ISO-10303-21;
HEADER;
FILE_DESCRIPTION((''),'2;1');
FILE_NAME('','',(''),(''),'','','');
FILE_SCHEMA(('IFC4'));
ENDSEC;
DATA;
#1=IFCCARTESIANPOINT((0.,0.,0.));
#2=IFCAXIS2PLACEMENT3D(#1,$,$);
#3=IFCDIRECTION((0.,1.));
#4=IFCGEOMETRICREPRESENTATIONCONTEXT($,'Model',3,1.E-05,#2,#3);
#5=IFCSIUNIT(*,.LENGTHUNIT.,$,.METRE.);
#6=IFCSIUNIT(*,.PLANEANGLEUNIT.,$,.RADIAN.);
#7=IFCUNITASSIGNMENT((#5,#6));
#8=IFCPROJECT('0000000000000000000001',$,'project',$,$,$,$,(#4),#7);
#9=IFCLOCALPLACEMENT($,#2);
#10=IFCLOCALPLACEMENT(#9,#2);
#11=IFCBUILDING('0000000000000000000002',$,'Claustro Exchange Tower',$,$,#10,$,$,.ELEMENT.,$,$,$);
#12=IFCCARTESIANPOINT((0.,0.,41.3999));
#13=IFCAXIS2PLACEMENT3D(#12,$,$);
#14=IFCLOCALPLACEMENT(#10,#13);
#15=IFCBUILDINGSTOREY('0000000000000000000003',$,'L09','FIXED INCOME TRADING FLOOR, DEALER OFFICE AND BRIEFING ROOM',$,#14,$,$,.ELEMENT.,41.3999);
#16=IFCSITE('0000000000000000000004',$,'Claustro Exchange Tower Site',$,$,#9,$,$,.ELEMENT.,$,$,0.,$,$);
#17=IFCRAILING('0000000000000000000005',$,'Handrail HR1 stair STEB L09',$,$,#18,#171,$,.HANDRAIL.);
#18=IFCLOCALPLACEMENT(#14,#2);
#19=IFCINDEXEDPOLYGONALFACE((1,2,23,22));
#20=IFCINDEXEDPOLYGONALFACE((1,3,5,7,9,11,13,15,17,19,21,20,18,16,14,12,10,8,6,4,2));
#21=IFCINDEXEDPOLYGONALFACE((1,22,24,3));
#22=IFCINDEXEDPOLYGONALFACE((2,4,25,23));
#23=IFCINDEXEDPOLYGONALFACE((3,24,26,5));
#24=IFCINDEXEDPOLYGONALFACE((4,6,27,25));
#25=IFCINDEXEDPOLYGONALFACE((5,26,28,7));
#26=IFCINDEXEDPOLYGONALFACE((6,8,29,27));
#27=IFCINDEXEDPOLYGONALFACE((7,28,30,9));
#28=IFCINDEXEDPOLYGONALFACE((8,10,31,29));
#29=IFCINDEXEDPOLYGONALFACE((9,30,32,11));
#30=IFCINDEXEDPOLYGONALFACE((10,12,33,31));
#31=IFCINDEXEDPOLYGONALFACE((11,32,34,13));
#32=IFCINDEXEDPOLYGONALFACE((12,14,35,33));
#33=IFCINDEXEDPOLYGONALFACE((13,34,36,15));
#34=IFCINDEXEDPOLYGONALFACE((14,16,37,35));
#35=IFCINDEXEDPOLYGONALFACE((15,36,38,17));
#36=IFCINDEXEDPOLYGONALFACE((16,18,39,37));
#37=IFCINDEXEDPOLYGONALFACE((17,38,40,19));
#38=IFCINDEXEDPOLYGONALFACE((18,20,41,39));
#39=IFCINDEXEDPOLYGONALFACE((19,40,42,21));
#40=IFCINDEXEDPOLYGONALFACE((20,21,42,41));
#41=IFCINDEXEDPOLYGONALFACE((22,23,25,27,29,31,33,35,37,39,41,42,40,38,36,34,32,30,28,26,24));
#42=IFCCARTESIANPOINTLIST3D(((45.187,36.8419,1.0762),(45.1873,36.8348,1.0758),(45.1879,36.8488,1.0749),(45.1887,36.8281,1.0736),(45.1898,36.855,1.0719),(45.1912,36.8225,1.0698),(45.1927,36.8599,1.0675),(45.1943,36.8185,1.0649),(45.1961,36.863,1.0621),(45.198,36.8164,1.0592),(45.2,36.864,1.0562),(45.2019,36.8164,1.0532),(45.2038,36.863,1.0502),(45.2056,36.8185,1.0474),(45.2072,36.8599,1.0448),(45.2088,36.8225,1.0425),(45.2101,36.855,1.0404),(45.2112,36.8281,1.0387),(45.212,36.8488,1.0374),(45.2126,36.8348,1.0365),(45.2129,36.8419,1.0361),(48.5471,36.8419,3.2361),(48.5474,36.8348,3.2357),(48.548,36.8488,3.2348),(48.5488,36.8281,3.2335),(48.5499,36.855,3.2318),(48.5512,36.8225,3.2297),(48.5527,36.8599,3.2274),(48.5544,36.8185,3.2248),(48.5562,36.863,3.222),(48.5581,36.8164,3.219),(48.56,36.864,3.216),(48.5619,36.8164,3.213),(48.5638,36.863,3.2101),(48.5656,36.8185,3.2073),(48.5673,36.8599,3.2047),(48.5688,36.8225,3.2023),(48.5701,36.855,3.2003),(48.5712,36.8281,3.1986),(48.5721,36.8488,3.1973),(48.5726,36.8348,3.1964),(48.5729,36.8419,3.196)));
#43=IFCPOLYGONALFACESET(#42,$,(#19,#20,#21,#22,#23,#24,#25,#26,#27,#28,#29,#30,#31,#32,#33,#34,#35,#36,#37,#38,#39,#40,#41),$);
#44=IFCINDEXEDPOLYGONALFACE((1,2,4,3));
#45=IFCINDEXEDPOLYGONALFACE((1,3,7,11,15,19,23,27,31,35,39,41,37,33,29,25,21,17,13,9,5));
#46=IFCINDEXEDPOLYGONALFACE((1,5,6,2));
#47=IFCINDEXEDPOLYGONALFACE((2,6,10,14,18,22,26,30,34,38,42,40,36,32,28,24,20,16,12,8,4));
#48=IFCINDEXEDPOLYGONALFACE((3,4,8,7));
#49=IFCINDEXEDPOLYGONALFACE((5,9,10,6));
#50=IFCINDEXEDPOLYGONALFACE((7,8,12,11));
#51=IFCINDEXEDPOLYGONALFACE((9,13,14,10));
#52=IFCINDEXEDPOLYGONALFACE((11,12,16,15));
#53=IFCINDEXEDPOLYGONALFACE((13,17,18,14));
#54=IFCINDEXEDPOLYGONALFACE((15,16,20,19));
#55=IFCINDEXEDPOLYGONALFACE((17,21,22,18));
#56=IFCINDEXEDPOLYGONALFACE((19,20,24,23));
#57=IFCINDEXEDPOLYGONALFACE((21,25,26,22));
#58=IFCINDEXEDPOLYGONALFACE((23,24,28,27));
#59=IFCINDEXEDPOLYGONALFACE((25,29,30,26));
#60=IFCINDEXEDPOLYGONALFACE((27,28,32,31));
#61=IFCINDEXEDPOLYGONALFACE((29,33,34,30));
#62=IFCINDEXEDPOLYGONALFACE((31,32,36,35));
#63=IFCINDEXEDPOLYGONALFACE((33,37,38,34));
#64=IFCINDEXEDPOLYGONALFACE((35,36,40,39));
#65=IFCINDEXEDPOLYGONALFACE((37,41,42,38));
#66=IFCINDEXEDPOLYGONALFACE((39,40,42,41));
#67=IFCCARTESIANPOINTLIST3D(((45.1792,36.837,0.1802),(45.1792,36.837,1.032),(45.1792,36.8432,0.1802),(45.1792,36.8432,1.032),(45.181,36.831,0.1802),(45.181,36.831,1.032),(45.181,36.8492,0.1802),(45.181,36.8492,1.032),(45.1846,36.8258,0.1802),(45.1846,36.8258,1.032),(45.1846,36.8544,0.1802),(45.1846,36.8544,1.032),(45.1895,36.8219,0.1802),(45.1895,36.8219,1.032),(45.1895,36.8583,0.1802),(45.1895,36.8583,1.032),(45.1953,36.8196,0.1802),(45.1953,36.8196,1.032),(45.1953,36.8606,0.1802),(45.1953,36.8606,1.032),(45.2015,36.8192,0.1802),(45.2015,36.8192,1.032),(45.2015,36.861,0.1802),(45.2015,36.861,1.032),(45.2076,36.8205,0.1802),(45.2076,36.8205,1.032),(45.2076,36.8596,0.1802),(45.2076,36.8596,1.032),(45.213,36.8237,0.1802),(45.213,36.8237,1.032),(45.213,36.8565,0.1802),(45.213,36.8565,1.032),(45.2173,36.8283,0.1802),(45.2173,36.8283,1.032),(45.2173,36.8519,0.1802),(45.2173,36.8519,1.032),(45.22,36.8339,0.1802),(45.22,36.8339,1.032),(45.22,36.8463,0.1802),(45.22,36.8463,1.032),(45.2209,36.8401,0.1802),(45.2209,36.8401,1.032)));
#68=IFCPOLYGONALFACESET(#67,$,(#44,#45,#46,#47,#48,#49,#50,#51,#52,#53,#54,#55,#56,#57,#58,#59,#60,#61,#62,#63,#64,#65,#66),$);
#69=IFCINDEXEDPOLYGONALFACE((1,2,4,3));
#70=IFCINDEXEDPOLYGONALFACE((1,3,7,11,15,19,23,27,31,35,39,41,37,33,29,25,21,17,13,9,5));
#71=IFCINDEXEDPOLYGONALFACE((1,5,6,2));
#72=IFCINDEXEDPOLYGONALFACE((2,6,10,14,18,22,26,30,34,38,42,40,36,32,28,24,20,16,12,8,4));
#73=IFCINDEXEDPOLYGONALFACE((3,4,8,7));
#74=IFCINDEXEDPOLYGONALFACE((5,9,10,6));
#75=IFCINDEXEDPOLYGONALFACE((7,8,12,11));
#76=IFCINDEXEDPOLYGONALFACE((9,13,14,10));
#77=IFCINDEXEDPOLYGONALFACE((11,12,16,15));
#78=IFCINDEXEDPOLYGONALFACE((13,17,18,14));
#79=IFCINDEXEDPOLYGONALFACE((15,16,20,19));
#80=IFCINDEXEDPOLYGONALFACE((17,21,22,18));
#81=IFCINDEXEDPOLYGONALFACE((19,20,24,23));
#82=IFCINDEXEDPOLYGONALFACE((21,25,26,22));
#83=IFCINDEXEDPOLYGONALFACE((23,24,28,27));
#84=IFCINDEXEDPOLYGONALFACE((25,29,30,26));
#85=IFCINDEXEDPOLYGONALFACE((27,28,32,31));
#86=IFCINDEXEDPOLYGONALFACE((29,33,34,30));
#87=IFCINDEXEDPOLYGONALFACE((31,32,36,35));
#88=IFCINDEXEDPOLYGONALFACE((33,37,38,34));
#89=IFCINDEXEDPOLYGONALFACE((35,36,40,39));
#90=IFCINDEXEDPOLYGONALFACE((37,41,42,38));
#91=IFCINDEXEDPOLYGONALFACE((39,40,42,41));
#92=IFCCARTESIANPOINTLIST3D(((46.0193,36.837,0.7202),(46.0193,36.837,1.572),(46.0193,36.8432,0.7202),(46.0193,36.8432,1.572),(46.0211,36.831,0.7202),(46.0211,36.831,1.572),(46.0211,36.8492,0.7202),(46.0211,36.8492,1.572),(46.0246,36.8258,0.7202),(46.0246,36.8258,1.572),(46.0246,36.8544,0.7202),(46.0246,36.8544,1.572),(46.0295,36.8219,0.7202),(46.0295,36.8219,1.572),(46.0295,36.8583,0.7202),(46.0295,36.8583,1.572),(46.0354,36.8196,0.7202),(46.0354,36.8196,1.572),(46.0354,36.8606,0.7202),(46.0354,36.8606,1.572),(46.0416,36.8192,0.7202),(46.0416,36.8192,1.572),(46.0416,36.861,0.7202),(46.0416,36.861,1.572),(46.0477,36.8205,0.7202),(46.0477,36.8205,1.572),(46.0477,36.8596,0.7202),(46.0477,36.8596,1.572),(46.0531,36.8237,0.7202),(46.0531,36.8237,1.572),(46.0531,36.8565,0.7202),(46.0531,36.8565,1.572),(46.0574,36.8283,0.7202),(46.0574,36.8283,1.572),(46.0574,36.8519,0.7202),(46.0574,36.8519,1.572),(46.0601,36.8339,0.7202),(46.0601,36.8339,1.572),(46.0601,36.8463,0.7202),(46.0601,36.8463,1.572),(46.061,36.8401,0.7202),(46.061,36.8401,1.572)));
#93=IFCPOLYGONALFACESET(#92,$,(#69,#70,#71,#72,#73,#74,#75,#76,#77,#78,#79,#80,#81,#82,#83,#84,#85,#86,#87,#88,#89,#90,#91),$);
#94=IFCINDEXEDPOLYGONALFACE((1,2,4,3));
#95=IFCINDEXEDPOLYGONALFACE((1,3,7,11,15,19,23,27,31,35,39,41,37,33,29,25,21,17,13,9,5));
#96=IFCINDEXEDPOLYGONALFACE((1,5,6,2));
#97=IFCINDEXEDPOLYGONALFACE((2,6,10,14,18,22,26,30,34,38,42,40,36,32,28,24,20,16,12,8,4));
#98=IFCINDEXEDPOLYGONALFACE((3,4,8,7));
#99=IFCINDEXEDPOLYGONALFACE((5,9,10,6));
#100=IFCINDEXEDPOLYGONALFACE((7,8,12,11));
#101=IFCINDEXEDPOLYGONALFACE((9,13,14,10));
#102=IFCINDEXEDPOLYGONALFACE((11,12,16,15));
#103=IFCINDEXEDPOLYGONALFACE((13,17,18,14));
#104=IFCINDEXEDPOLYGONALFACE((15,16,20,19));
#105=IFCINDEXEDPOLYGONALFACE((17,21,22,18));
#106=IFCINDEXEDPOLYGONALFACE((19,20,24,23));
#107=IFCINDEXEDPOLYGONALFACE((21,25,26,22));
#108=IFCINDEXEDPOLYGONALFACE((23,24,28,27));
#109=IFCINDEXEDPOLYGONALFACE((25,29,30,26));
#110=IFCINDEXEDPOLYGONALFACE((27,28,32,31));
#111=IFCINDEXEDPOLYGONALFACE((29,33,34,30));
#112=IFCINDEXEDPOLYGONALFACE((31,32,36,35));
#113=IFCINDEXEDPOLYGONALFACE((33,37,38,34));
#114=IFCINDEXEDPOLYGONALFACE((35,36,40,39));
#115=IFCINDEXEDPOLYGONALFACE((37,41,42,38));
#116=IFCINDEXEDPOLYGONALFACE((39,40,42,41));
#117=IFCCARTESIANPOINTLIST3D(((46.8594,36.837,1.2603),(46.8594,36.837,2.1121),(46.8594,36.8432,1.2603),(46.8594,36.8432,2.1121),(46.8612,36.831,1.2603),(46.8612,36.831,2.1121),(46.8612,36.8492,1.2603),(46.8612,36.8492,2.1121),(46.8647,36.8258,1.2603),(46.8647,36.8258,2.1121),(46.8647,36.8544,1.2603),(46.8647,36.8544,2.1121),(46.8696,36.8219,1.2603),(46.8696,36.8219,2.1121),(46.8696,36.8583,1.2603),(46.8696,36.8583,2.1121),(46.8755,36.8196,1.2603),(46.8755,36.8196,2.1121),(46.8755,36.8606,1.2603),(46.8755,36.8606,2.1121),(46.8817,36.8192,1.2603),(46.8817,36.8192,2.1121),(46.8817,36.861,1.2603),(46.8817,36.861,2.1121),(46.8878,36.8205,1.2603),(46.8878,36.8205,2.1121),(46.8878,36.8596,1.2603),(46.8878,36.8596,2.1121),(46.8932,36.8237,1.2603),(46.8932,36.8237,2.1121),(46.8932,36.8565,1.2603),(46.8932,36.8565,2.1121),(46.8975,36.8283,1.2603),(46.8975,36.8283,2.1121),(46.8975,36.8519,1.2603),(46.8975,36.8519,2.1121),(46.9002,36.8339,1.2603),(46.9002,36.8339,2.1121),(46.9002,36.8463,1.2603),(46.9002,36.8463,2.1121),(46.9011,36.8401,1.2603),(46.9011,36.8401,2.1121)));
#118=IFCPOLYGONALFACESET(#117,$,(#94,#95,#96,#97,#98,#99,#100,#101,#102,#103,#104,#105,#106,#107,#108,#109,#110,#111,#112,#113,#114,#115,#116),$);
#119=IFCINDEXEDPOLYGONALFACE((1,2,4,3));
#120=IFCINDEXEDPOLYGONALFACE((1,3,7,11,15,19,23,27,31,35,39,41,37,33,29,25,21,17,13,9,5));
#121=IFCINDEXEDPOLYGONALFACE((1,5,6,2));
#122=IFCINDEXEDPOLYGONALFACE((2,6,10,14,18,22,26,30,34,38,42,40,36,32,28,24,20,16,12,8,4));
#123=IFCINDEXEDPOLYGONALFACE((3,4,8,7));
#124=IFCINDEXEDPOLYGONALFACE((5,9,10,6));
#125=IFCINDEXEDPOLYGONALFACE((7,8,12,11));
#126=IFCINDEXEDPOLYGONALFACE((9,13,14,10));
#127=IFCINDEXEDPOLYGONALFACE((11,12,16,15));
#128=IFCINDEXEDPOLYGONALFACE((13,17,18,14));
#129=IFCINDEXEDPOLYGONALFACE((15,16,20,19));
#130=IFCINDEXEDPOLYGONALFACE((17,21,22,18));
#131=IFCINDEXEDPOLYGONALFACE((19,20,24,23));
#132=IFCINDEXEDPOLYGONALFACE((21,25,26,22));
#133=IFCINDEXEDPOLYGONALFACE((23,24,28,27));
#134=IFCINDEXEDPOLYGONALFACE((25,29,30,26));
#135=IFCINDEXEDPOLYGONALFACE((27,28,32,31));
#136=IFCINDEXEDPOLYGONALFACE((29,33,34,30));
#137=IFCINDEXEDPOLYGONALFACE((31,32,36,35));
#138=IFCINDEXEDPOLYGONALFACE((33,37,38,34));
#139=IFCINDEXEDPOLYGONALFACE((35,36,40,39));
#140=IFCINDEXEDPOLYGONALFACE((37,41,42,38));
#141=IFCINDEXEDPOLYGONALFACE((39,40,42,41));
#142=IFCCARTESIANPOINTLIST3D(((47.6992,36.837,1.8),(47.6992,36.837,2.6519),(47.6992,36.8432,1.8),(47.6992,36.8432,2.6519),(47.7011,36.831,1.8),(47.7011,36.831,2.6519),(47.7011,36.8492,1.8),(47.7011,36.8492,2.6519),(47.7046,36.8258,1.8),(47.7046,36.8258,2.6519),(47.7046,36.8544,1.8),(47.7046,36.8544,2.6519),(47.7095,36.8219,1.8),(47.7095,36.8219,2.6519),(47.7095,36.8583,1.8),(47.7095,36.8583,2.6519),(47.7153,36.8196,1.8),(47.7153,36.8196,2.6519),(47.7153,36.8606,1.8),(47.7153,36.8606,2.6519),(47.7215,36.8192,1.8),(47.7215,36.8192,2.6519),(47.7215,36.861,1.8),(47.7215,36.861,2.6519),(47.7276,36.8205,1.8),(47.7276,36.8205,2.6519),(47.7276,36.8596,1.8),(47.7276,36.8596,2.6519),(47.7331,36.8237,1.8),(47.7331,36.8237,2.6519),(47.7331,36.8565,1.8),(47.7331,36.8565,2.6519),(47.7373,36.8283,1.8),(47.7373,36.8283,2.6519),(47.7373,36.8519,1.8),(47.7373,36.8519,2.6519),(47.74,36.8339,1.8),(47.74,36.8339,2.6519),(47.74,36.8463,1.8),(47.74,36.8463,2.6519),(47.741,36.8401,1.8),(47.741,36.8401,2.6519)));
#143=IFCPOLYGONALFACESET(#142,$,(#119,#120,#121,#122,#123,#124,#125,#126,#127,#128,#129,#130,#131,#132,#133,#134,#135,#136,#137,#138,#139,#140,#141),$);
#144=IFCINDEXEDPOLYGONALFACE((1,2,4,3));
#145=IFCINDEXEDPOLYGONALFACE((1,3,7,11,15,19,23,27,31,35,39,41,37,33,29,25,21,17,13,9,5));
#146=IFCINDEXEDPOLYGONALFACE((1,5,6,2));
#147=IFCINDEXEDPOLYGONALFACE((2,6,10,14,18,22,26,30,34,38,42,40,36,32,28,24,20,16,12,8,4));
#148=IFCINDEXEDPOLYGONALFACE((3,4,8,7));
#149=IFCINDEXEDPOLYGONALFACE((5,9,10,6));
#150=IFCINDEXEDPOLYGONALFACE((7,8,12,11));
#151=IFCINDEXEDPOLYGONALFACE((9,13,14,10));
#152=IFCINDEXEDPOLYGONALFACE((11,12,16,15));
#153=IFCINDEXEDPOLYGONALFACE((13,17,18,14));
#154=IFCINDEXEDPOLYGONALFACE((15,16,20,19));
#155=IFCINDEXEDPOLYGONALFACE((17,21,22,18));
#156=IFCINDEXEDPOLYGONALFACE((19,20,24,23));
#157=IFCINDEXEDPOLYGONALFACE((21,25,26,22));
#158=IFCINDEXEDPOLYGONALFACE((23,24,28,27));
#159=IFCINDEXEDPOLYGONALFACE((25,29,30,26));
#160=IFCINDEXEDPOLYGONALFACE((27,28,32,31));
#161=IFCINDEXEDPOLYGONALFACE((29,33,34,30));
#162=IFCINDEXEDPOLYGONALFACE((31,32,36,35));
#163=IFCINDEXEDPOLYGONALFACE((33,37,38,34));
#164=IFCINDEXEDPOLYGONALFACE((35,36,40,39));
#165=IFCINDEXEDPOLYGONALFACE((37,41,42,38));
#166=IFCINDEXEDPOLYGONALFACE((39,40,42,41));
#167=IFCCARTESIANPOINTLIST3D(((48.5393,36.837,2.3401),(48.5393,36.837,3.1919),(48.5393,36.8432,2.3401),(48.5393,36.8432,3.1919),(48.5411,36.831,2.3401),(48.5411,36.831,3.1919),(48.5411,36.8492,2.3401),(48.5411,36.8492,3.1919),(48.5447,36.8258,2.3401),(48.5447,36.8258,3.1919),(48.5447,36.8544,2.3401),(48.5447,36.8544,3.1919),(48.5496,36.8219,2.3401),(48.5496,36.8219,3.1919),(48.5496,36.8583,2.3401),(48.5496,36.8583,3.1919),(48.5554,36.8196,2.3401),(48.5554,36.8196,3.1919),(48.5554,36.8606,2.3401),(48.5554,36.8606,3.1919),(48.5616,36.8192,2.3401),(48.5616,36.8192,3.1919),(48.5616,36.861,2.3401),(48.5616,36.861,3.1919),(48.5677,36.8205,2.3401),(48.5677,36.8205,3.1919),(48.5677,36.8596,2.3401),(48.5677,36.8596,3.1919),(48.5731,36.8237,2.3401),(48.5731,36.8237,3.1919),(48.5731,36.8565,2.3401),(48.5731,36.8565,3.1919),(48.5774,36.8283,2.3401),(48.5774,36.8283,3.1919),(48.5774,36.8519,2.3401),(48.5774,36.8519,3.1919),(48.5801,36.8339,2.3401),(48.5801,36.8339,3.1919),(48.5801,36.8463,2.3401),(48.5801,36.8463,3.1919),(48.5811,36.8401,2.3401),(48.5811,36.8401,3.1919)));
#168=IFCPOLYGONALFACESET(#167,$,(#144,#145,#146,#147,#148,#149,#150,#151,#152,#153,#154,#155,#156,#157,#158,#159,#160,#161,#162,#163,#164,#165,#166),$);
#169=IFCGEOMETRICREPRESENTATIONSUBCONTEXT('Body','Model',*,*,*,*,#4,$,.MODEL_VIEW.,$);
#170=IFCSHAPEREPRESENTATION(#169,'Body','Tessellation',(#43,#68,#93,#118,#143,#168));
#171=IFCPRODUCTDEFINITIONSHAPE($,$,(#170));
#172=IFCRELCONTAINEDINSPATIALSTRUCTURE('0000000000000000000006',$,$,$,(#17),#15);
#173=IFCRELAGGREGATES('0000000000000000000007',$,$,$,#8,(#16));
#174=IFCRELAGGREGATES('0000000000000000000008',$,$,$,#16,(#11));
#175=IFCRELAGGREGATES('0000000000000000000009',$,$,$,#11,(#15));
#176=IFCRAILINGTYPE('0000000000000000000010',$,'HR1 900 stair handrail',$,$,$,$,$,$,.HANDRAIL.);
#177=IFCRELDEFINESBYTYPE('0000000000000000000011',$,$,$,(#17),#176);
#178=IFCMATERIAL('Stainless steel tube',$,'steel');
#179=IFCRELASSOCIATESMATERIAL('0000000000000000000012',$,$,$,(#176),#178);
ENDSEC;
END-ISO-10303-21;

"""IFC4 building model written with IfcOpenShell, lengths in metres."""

from ifc_helpers import new_model, si_unit, direction, frame, origin, origin_2d, place, context, subcontext, project, spatial, circle, extrude, material, type_object, element, save


model = new_model("IFC4")

# Units and contexts
model_context = context("Model", 3, precision=1e-05, world=origin(), true_north=direction((0.0, 1.0)))
body_context = subcontext(model_context, "Body", "Model", "MODEL_VIEW")
ifc_project = project(units=[si_unit("LENGTHUNIT", "METRE"), si_unit("PLANEANGLEUNIT", "RADIAN")], contexts=[model_context])

# Site, building, storey
site_placement = place(None, origin())
site = spatial("IfcSite", under=ifc_project, at=site_placement, Name="Claustro Exchange Tower Site", CompositionType="ELEMENT", RefElevation=0.0)
building_placement = place(site_placement, origin())
building = spatial("IfcBuilding", under=site, at=building_placement, Name="Claustro Exchange Tower", CompositionType="ELEMENT")
storey_placement = place(building_placement, frame((0.0, 0.0, 41.3999)))
storey = spatial("IfcBuildingStorey", under=building, at=storey_placement, Name="L09", Description="FIXED INCOME TRADING FLOOR, DEALER OFFICE AND BRIEFING ROOM", CompositionType="ELEMENT", Elevation=41.3999)

# Railing
ifc_material_1 = material(Name="Stainless steel tube", Category="steel")
railing_type_1 = type_object("IfcRailingType", Name="HR1 900 stair handrail", PredefinedType="HANDRAIL", material=ifc_material_1)
railing_1_placement = place(storey_placement, frame((45.2, 36.8401, 0.1802)))
element("IfcRailing", 1, at=railing_1_placement, inside=storey, type_object=railing_type_1, Name="Handrail HR1 stair STEB L09", PredefinedType="HANDRAIL", context=body_context, shape_type="SweptSolid", body=[
    extrude(circle(Radius=0.0239, at=origin_2d()), frame((0.0, 0.0, 0.876), z_axis=(0.841196, 0.0, 0.54073), x_axis=(0.0, 1.0, 0.0)), (0.0, 0.0, 1.0), 3.9944),
    extrude(circle(Radius=0.021, at=origin_2d()), origin(), (0.0, 0.0, 1.0), 0.8518),
    extrude(circle(Radius=0.021, at=origin_2d()), frame((0.8401, 0.0, 0.54)), (0.0, 0.0, 1.0), 0.8518),
    extrude(circle(Radius=0.021, at=origin_2d()), frame((1.6802, 0.0, 1.0801)), (0.0, 0.0, 1.0), 0.8518),
    extrude(circle(Radius=0.021, at=origin_2d()), frame((2.52, 0.0, 1.6199)), (0.0, 0.0, 1.0), 0.8518),
    extrude(circle(Radius=0.021, at=origin_2d()), frame((3.3601, 0.0, 2.1599)), (0.0, 0.0, 1.0), 0.8518),
])

save(model, "model.ifc")
